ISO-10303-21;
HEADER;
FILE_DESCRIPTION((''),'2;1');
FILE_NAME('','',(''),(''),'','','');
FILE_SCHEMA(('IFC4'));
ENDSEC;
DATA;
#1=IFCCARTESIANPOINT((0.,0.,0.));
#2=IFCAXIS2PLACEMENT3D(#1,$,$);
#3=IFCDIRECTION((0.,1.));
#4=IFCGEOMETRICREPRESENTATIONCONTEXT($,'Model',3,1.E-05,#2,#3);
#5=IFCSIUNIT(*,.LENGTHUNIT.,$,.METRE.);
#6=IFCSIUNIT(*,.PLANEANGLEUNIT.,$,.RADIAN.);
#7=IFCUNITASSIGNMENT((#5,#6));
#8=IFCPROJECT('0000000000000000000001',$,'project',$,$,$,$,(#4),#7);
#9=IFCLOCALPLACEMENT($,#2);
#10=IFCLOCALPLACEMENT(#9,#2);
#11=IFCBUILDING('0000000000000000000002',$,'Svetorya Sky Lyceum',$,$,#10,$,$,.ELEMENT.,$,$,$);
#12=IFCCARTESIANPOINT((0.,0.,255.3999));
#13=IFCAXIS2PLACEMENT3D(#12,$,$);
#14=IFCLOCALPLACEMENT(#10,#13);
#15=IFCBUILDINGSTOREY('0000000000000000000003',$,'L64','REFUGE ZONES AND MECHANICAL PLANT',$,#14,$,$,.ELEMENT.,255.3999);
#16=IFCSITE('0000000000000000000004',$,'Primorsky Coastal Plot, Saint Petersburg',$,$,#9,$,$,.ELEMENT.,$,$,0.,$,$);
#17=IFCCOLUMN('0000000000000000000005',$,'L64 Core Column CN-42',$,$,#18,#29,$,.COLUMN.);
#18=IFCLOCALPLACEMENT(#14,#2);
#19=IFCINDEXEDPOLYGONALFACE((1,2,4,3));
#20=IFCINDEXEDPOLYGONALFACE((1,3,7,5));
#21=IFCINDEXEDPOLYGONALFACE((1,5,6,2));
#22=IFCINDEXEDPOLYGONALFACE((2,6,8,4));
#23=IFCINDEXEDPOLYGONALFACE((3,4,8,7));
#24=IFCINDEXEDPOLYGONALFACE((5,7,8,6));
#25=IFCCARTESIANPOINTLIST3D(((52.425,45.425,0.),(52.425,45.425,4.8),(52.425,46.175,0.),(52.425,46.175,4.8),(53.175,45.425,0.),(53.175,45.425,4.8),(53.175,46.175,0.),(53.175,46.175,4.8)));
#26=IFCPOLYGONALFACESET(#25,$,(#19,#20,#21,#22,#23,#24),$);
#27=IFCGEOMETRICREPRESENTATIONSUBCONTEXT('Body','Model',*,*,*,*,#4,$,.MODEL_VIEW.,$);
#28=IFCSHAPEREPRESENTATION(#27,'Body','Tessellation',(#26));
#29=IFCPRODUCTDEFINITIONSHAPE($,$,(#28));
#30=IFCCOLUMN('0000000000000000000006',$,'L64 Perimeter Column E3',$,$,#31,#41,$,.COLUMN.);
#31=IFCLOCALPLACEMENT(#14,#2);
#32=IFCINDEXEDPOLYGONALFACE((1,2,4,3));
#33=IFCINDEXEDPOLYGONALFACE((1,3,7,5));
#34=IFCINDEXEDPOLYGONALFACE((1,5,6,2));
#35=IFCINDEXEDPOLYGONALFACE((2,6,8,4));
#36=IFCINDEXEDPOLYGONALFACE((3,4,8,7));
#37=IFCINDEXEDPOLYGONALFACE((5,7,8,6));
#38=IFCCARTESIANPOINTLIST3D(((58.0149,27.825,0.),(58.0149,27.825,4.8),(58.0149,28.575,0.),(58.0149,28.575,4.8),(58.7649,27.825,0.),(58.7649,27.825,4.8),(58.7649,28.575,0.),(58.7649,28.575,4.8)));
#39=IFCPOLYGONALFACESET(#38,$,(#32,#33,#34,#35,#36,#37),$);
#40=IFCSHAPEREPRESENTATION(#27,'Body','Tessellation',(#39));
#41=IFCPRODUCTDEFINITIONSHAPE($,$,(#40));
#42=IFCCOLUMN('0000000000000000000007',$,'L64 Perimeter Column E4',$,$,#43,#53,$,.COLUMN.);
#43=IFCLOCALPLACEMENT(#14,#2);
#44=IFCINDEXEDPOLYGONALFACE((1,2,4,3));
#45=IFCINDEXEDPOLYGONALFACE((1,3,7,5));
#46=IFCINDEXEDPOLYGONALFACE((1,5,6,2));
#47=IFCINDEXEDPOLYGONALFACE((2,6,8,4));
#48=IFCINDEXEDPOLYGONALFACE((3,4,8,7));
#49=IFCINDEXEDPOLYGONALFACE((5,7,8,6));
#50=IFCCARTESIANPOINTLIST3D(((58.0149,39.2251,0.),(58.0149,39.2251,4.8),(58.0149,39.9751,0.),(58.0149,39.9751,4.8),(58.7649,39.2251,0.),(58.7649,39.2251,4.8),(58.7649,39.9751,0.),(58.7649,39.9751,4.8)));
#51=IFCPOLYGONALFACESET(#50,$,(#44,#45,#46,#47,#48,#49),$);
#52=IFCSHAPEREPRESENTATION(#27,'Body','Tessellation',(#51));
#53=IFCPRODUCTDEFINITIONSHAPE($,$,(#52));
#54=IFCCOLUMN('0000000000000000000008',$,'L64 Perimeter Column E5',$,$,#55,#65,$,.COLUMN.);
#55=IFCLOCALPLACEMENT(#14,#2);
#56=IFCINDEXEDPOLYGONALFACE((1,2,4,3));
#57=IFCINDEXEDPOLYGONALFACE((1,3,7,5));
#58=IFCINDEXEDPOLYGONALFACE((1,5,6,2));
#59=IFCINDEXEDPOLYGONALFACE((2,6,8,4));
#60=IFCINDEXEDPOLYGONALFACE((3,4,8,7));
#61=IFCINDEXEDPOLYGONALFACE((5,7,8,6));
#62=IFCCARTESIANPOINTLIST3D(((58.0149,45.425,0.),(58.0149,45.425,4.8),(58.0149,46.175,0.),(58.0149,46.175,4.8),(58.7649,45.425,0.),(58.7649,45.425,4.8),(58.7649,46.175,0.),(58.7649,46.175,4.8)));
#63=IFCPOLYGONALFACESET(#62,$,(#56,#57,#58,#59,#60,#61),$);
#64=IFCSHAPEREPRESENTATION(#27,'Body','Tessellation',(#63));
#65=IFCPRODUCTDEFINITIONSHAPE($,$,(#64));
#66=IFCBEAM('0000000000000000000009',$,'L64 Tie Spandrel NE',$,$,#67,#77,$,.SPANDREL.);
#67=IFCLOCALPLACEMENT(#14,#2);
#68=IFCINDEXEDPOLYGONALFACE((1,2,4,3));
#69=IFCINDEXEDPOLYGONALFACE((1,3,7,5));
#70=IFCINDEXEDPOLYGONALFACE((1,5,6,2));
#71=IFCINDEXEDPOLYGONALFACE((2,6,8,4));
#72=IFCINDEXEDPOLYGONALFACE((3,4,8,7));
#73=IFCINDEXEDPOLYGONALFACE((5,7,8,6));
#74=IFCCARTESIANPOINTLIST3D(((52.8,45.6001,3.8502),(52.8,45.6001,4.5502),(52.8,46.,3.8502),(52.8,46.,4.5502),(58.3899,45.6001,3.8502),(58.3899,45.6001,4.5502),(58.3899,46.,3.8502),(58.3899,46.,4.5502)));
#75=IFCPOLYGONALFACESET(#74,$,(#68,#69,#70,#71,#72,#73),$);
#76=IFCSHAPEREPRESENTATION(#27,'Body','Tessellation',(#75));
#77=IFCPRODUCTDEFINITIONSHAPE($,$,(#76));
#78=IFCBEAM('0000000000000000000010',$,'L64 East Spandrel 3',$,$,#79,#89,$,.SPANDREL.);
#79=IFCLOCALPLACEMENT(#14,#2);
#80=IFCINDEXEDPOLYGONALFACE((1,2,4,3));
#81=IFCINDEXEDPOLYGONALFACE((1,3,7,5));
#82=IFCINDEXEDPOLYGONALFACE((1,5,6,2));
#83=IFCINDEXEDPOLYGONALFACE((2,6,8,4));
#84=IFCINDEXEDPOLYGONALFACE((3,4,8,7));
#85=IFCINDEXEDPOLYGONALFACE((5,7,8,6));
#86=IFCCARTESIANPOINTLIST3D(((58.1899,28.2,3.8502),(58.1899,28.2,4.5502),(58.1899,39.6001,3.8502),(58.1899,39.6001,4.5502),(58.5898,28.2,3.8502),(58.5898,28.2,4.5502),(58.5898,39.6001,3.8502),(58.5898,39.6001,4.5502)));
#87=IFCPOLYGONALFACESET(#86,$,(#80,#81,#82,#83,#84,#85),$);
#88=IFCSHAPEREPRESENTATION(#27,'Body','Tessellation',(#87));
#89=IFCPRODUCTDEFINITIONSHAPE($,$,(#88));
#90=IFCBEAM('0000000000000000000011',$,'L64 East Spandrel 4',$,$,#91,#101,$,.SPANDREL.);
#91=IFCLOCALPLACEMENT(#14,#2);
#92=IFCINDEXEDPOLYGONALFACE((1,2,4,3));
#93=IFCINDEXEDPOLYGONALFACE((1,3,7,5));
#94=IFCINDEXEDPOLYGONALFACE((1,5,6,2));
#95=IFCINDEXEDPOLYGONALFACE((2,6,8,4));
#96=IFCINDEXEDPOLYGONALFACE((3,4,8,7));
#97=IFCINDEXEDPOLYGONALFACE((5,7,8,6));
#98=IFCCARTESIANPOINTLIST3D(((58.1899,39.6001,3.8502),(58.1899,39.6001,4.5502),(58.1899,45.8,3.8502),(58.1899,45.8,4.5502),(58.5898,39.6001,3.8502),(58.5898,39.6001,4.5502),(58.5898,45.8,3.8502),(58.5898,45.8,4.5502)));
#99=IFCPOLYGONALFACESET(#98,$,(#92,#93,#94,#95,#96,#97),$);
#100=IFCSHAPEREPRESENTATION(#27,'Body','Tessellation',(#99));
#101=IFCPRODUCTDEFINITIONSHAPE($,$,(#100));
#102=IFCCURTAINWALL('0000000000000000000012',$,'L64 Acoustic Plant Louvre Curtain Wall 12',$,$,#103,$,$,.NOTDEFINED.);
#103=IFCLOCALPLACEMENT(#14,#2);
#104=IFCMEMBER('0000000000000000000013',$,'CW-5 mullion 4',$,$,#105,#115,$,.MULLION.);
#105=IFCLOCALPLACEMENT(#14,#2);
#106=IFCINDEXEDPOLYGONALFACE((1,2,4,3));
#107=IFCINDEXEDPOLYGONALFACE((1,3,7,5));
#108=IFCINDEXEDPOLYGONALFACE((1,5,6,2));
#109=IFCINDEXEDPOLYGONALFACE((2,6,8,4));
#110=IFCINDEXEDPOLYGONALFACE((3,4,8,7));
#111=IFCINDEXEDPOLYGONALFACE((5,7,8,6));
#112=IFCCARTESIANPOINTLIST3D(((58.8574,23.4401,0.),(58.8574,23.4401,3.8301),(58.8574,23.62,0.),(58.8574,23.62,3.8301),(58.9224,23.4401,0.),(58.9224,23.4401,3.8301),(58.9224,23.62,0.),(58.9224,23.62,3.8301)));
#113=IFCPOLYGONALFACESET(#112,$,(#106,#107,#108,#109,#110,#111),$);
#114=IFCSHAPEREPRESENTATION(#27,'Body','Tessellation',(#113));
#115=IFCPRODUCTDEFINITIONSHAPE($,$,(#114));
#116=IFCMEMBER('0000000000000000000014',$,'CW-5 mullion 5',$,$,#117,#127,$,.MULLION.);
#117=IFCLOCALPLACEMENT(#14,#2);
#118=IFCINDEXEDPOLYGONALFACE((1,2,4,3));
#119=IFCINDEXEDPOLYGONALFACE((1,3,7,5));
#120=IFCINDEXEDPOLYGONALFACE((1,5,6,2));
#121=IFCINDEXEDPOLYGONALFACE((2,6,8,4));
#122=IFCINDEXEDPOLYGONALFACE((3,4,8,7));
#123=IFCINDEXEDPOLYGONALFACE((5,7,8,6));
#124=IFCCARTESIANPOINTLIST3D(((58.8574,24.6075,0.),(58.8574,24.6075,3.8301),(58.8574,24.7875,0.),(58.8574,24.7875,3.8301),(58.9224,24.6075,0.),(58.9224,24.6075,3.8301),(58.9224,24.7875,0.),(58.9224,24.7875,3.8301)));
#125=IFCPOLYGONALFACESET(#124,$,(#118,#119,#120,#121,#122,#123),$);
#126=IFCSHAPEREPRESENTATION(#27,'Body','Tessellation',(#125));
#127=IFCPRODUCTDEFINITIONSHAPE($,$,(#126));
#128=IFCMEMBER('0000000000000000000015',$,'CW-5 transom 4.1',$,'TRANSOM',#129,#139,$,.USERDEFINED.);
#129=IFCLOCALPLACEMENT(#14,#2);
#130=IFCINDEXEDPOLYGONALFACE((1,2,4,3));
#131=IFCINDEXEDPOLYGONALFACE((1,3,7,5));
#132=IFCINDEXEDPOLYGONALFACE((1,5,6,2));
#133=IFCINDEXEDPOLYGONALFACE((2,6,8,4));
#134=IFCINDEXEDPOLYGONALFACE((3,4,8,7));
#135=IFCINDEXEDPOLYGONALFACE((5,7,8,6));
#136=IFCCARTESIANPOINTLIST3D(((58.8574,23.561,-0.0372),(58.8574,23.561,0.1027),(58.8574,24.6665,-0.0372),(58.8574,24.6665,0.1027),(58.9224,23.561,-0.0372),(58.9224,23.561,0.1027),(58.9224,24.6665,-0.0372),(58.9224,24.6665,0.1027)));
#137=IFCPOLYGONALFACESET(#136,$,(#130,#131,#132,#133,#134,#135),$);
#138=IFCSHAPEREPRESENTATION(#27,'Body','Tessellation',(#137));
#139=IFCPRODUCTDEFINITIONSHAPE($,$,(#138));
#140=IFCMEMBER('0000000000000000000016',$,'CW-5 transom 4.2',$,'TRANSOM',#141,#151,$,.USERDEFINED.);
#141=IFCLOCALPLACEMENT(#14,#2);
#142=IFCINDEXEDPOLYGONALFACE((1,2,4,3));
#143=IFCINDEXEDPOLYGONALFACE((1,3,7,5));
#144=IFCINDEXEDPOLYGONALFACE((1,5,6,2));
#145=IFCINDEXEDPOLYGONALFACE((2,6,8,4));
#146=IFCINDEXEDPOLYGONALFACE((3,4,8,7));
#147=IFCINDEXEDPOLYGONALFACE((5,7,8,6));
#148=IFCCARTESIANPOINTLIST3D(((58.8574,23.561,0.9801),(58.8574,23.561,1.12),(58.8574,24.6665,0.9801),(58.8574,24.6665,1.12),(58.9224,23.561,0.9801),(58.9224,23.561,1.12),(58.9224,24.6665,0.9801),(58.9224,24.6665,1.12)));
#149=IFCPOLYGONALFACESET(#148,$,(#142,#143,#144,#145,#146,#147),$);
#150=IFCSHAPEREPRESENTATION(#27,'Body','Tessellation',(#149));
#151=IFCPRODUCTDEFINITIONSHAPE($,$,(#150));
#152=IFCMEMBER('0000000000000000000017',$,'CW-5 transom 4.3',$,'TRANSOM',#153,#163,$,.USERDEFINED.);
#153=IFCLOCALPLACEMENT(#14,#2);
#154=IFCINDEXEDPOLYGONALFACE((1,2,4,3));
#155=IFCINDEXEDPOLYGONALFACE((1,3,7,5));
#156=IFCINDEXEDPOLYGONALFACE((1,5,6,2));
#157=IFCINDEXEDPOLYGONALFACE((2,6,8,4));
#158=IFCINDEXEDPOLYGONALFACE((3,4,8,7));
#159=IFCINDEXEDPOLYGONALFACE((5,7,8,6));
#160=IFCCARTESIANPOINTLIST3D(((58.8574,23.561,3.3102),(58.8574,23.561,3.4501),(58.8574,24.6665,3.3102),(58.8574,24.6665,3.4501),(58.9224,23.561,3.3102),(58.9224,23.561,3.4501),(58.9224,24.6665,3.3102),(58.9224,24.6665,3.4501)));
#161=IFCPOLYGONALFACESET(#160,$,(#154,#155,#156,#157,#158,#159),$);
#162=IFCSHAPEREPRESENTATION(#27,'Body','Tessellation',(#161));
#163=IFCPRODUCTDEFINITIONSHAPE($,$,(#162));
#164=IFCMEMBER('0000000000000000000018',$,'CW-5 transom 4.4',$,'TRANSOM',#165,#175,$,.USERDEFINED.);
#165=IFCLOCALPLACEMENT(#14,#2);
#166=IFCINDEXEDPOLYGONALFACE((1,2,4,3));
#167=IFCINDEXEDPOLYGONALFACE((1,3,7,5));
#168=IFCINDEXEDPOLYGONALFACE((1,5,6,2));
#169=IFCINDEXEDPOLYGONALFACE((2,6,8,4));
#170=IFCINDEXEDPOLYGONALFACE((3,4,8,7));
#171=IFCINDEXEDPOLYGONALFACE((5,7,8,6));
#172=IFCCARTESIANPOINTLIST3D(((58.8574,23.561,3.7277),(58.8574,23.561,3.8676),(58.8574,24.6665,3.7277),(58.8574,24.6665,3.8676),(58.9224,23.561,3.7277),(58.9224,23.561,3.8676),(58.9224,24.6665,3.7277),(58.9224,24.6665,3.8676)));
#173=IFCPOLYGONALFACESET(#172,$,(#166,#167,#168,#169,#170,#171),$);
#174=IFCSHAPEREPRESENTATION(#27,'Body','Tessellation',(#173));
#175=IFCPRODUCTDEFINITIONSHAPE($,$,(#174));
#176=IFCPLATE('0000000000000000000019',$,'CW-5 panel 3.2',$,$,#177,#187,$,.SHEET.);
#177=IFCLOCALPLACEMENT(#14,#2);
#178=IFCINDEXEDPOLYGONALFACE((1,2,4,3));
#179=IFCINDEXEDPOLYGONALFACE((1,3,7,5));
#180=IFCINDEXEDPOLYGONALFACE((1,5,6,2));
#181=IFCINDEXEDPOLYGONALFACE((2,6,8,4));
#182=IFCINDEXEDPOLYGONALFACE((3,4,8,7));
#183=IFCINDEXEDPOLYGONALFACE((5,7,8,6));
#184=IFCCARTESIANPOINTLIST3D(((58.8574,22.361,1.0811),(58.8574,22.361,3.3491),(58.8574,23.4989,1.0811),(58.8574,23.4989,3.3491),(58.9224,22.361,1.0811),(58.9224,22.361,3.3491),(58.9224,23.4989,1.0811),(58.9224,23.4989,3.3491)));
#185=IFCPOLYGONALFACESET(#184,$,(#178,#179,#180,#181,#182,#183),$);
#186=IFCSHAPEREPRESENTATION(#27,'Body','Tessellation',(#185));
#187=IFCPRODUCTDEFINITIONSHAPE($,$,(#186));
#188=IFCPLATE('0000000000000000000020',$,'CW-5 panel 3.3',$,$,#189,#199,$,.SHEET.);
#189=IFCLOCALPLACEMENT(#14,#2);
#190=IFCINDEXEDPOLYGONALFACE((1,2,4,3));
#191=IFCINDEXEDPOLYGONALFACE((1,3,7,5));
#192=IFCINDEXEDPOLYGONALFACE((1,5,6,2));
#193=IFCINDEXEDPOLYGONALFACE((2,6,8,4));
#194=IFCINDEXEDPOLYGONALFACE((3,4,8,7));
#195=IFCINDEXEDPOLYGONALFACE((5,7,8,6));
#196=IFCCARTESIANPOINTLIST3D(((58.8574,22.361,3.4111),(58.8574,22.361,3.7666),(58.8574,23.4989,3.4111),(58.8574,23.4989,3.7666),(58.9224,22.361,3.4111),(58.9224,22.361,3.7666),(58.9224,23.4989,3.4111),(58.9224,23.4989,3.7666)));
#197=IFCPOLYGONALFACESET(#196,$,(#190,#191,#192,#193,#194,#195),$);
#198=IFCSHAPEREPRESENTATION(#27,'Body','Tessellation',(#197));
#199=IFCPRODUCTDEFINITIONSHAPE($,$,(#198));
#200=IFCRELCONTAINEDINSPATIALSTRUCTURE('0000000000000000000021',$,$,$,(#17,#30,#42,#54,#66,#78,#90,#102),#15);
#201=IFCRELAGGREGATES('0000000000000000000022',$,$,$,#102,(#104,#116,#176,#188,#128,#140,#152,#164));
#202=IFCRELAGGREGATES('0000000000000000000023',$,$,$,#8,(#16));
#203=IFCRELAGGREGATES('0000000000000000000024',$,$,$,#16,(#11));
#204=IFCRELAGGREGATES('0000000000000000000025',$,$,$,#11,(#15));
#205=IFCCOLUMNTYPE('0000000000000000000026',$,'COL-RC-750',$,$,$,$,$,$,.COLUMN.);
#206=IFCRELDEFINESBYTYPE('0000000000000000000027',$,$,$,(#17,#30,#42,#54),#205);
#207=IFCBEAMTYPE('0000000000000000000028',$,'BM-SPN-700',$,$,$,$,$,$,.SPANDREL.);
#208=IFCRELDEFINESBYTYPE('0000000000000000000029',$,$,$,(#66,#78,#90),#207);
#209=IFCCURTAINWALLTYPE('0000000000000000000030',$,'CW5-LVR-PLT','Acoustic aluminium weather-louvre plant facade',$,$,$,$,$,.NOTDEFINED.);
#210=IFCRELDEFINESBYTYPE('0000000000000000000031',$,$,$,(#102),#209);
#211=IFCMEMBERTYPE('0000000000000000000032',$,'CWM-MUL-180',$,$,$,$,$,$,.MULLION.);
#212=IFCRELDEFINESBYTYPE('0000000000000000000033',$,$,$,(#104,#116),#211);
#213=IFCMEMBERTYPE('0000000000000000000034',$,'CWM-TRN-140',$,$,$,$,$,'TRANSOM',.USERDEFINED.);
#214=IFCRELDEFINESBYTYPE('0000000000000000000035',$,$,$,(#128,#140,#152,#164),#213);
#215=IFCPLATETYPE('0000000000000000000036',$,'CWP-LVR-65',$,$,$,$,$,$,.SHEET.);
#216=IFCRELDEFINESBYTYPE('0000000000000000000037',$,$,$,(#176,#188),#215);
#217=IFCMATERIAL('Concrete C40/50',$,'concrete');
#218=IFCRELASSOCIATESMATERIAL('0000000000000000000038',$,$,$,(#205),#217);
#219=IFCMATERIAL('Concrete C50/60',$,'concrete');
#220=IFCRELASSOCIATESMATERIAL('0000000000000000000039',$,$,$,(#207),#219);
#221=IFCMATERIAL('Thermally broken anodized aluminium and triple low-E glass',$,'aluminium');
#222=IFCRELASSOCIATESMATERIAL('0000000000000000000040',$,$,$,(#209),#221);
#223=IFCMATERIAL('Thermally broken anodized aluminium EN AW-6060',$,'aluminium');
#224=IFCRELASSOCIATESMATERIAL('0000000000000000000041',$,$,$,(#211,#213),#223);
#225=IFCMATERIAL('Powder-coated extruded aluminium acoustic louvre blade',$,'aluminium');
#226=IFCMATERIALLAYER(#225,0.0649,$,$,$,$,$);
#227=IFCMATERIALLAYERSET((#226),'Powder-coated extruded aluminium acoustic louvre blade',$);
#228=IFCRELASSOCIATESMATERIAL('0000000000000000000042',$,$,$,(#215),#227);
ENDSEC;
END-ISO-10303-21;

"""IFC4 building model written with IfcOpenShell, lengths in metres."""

from ifc_helpers import new_model, si_unit, direction, frame, origin, origin_2d, place, context, subcontext, project, spatial, rectangle, extrude, material, layer, layer_set, material_profile, profile_set, type_object, element, aggregate, save


model = new_model("IFC4")

# Units and contexts
model_context = context("Model", 3, precision=1e-05, world=origin(), true_north=direction((0.0, 1.0)))
body_context = subcontext(model_context, "Body", "Model", "MODEL_VIEW")
ifc_project = project(units=[si_unit("LENGTHUNIT", "METRE"), si_unit("PLANEANGLEUNIT", "RADIAN")], contexts=[model_context])

# Site, building, storey
site_placement = place(None, origin())
site = spatial("IfcSite", under=ifc_project, at=site_placement, Name="Primorsky Coastal Plot, Saint Petersburg", CompositionType="ELEMENT", RefElevation=0.0)
building_placement = place(site_placement, origin())
building = spatial("IfcBuilding", under=site, at=building_placement, Name="Svetorya Sky Lyceum", CompositionType="ELEMENT")
storey_placement = place(building_placement, frame((0.0, 0.0, 255.3999)))
storey = spatial("IfcBuildingStorey", under=building, at=storey_placement, Name="L64", Description="REFUGE ZONES AND MECHANICAL PLANT", CompositionType="ELEMENT", Elevation=255.3999)

# Columns
ifc_material_1 = material(Name="Concrete C40/50", Category="concrete")
ifc_material_profile_1 = material_profile(ifc_material_1, rectangle(XDim=0.75, YDim=0.75, at=origin_2d()), Name="RC COL 750x750")
ifc_profile_set_1 = profile_set([ifc_material_profile_1], Name="Concrete C40/50")
column_type = type_object("IfcColumnType", Name="COL-RC-750", PredefinedType="COLUMN", material=ifc_profile_set_1)
for number, where, z_axis, x_axis, name in (
    (1, (52.8, 45.8, 0.0), (0.0, 0.0, 1.0), (1.0, 0.0, 0.0), "L64 Core Column CN-42"),
    (2, (58.3899, 28.2, 0.0), (0.0, 0.0, 1.0), (1.0, 0.0, 0.0), "L64 Perimeter Column E3"),
    (3, (58.3899, 39.6001, 0.0), (0.0, 0.0, 1.0), (1.0, 0.0, 0.0), "L64 Perimeter Column E4"),
    (4, (58.3899, 45.8, 0.0), (0.0, 0.0, 1.0), (1.0, 0.0, 0.0), "L64 Perimeter Column E5"),
):
    element("IfcColumn", number, at=place(storey_placement, frame(where, z_axis=z_axis, x_axis=x_axis)), inside=storey, type_object=column_type, Name=name, PredefinedType="COLUMN", context=body_context, shape_type="SweptSolid", body=[
        extrude(rectangle(XDim=0.75, YDim=0.75, at=origin_2d()), origin(), (0.0, 0.0, 1.0), 4.8),
    ])

# Beams
ifc_material_2 = material(Name="Concrete C50/60", Category="concrete")
ifc_material_profile_2 = material_profile(ifc_material_2, rectangle(XDim=0.3999, YDim=0.7, at=origin_2d()), Name="RC SPANDREL 400x700")
ifc_profile_set_2 = profile_set([ifc_material_profile_2], Name="Concrete C50/60")
beam_type = type_object("IfcBeamType", Name="BM-SPN-700", PredefinedType="SPANDREL", material=ifc_profile_set_2)
beam_1_placement = place(storey_placement, frame((52.8, 45.8, 4.2002), z_axis=(1.0, 0.0, 0.0), x_axis=(0.0, 1.0, 0.0)))
element("IfcBeam", 5, at=beam_1_placement, inside=storey, type_object=beam_type, Name="L64 Tie Spandrel NE", PredefinedType="SPANDREL", context=body_context, shape_type="SweptSolid", body=[
    extrude(rectangle(XDim=0.3999, YDim=0.7, at=origin_2d()), origin(), (0.0, 0.0, 1.0), 5.5898),
])
beam_2_placement = place(storey_placement, frame((58.3899, 28.2, 4.2002), z_axis=(0.0, 1.0, 0.0), x_axis=(-1.0, 0.0, 0.0)))
element("IfcBeam", 6, at=beam_2_placement, inside=storey, type_object=beam_type, Name="L64 East Spandrel 3", PredefinedType="SPANDREL", context=body_context, shape_type="SweptSolid", body=[
    extrude(rectangle(XDim=0.3999, YDim=0.7, at=origin_2d()), origin(), (0.0, 0.0, 1.0), 11.4001),
])
beam_3_placement = place(storey_placement, frame((58.3899, 39.6001, 4.2002), z_axis=(0.0, 1.0, 0.0), x_axis=(-1.0, 0.0, 0.0)))
element("IfcBeam", 7, at=beam_3_placement, inside=storey, type_object=beam_type, Name="L64 East Spandrel 4", PredefinedType="SPANDREL", context=body_context, shape_type="SweptSolid", body=[
    extrude(rectangle(XDim=0.3999, YDim=0.7, at=origin_2d()), origin(), (0.0, 0.0, 1.0), 6.2),
])

# Curtain wall, members, plates
ifc_material_3 = material(Name="Thermally broken anodized aluminium and triple low-E glass", Category="aluminium")
curtain_wall_type = type_object("IfcCurtainWallType", Name="CW5-LVR-PLT", Description="Acoustic aluminium weather-louvre plant facade", PredefinedType="NOTDEFINED", material=ifc_material_3)
curtain_wall_placement = place(storey_placement, origin())
curtain_wall = element("IfcCurtainWall", 8, at=curtain_wall_placement, inside=storey, type_object=curtain_wall_type, Name="L64 Acoustic Plant Louvre Curtain Wall 12", PredefinedType="NOTDEFINED")
ifc_material_4 = material(Name="Thermally broken anodized aluminium EN AW-6060", Category="aluminium")
ifc_material_profile_3 = material_profile(ifc_material_4, rectangle(XDim=0.0649, YDim=0.1799, at=origin_2d()), Name="ALU MULLION 65x180")
ifc_profile_set_3 = profile_set([ifc_material_profile_3], Name="Thermally broken anodized aluminium EN AW-6060")
member_type_1 = type_object("IfcMemberType", Name="CWM-MUL-180", PredefinedType="MULLION", material=ifc_profile_set_3)
member_1_placement = place(storey_placement, frame((58.8899, 23.53, 0.0), z_axis=(0.0, 0.0, 1.0), x_axis=(-1.0, 0.0, 0.0)))
member_1 = element("IfcMember", 9, at=member_1_placement, type_object=member_type_1, Name="CW-5 mullion 4", PredefinedType="MULLION", context=body_context, shape_type="SweptSolid", body=[
    extrude(rectangle(XDim=0.0649, YDim=0.1799, at=origin_2d()), origin(), (0.0, 0.0, 1.0), 3.8301),
])
member_2_placement = place(storey_placement, frame((58.8899, 24.6975, 0.0), z_axis=(0.0, 0.0, 1.0), x_axis=(-1.0, 0.0, 0.0)))
member_2 = element("IfcMember", 10, at=member_2_placement, type_object=member_type_1, Name="CW-5 mullion 5", PredefinedType="MULLION", context=body_context, shape_type="SweptSolid", body=[
    extrude(rectangle(XDim=0.0649, YDim=0.1799, at=origin_2d()), origin(), (0.0, 0.0, 1.0), 3.8301),
])
ifc_material_profile_4 = material_profile(ifc_material_4, rectangle(XDim=0.0649, YDim=0.1399, at=origin_2d()), Name="ALU TRANSOM 65x140")
ifc_profile_set_4 = profile_set([ifc_material_profile_4], Name="Thermally broken anodized aluminium EN AW-6060")
member_type_2 = type_object("IfcMemberType", Name="CWM-TRN-140", ElementType="TRANSOM", PredefinedType="USERDEFINED", material=ifc_profile_set_4)
member_3_placement = place(storey_placement, frame((58.8899, 23.561, 0.0327), z_axis=(0.0, 1.0, 0.0), x_axis=(-1.0, 0.0, 0.0)))
member_3 = element("IfcMember", 11, at=member_3_placement, type_object=member_type_2, Name="CW-5 transom 4.1", ObjectType="TRANSOM", PredefinedType="USERDEFINED", context=body_context, shape_type="SweptSolid", body=[
    extrude(rectangle(XDim=0.0649, YDim=0.1399, at=origin_2d()), origin(), (0.0, 0.0, 1.0), 1.1055),
])
member_4_placement = place(storey_placement, frame((58.8899, 23.561, 1.05), z_axis=(0.0, 1.0, 0.0), x_axis=(-1.0, 0.0, 0.0)))
member_4 = element("IfcMember", 12, at=member_4_placement, type_object=member_type_2, Name="CW-5 transom 4.2", ObjectType="TRANSOM", PredefinedType="USERDEFINED", context=body_context, shape_type="SweptSolid", body=[
    extrude(rectangle(XDim=0.0649, YDim=0.1399, at=origin_2d()), origin(), (0.0, 0.0, 1.0), 1.1055),
])
member_5_placement = place(storey_placement, frame((58.8899, 23.561, 3.3801), z_axis=(0.0, 1.0, 0.0), x_axis=(-1.0, 0.0, 0.0)))
member_5 = element("IfcMember", 13, at=member_5_placement, type_object=member_type_2, Name="CW-5 transom 4.3", ObjectType="TRANSOM", PredefinedType="USERDEFINED", context=body_context, shape_type="SweptSolid", body=[
    extrude(rectangle(XDim=0.0649, YDim=0.1399, at=origin_2d()), origin(), (0.0, 0.0, 1.0), 1.1055),
])
member_6_placement = place(storey_placement, frame((58.8899, 23.561, 3.7976), z_axis=(0.0, 1.0, 0.0), x_axis=(-1.0, 0.0, 0.0)))
member_6 = element("IfcMember", 14, at=member_6_placement, type_object=member_type_2, Name="CW-5 transom 4.4", ObjectType="TRANSOM", PredefinedType="USERDEFINED", context=body_context, shape_type="SweptSolid", body=[
    extrude(rectangle(XDim=0.0649, YDim=0.1399, at=origin_2d()), origin(), (0.0, 0.0, 1.0), 1.1055),
])
ifc_material_5 = material(Name="Powder-coated extruded aluminium acoustic louvre blade", Category="aluminium")
ifc_layer_1 = layer(ifc_material_5, 0.0649)
ifc_layer_set_1 = layer_set([ifc_layer_1], Name="Powder-coated extruded aluminium acoustic louvre blade")
plate_type = type_object("IfcPlateType", Name="CWP-LVR-65", PredefinedType="SHEET", material=ifc_layer_set_1)
plate_1_placement = place(storey_placement, frame((58.8899, 22.9299, 1.0811), z_axis=(0.0, 0.0, 1.0), x_axis=(0.0, 1.0, 0.0)))
plate_1 = element("IfcPlate", 15, at=plate_1_placement, type_object=plate_type, Name="CW-5 panel 3.2", PredefinedType="SHEET", context=body_context, shape_type="SweptSolid", body=[
    extrude(rectangle(XDim=1.1379, YDim=0.0649, at=origin_2d()), origin(), (0.0, 0.0, 1.0), 2.2681),
])
plate_2_placement = place(storey_placement, frame((58.8899, 22.9299, 3.4111), z_axis=(0.0, 0.0, 1.0), x_axis=(0.0, 1.0, 0.0)))
plate_2 = element("IfcPlate", 16, at=plate_2_placement, type_object=plate_type, Name="CW-5 panel 3.3", PredefinedType="SHEET", context=body_context, shape_type="SweptSolid", body=[
    extrude(rectangle(XDim=1.1379, YDim=0.0649, at=origin_2d()), origin(), (0.0, 0.0, 1.0), 0.3555),
])
aggregate(curtain_wall, [member_1, member_2, plate_1, plate_2, member_3, member_4, member_5, member_6])

save(model, "model.ifc")
